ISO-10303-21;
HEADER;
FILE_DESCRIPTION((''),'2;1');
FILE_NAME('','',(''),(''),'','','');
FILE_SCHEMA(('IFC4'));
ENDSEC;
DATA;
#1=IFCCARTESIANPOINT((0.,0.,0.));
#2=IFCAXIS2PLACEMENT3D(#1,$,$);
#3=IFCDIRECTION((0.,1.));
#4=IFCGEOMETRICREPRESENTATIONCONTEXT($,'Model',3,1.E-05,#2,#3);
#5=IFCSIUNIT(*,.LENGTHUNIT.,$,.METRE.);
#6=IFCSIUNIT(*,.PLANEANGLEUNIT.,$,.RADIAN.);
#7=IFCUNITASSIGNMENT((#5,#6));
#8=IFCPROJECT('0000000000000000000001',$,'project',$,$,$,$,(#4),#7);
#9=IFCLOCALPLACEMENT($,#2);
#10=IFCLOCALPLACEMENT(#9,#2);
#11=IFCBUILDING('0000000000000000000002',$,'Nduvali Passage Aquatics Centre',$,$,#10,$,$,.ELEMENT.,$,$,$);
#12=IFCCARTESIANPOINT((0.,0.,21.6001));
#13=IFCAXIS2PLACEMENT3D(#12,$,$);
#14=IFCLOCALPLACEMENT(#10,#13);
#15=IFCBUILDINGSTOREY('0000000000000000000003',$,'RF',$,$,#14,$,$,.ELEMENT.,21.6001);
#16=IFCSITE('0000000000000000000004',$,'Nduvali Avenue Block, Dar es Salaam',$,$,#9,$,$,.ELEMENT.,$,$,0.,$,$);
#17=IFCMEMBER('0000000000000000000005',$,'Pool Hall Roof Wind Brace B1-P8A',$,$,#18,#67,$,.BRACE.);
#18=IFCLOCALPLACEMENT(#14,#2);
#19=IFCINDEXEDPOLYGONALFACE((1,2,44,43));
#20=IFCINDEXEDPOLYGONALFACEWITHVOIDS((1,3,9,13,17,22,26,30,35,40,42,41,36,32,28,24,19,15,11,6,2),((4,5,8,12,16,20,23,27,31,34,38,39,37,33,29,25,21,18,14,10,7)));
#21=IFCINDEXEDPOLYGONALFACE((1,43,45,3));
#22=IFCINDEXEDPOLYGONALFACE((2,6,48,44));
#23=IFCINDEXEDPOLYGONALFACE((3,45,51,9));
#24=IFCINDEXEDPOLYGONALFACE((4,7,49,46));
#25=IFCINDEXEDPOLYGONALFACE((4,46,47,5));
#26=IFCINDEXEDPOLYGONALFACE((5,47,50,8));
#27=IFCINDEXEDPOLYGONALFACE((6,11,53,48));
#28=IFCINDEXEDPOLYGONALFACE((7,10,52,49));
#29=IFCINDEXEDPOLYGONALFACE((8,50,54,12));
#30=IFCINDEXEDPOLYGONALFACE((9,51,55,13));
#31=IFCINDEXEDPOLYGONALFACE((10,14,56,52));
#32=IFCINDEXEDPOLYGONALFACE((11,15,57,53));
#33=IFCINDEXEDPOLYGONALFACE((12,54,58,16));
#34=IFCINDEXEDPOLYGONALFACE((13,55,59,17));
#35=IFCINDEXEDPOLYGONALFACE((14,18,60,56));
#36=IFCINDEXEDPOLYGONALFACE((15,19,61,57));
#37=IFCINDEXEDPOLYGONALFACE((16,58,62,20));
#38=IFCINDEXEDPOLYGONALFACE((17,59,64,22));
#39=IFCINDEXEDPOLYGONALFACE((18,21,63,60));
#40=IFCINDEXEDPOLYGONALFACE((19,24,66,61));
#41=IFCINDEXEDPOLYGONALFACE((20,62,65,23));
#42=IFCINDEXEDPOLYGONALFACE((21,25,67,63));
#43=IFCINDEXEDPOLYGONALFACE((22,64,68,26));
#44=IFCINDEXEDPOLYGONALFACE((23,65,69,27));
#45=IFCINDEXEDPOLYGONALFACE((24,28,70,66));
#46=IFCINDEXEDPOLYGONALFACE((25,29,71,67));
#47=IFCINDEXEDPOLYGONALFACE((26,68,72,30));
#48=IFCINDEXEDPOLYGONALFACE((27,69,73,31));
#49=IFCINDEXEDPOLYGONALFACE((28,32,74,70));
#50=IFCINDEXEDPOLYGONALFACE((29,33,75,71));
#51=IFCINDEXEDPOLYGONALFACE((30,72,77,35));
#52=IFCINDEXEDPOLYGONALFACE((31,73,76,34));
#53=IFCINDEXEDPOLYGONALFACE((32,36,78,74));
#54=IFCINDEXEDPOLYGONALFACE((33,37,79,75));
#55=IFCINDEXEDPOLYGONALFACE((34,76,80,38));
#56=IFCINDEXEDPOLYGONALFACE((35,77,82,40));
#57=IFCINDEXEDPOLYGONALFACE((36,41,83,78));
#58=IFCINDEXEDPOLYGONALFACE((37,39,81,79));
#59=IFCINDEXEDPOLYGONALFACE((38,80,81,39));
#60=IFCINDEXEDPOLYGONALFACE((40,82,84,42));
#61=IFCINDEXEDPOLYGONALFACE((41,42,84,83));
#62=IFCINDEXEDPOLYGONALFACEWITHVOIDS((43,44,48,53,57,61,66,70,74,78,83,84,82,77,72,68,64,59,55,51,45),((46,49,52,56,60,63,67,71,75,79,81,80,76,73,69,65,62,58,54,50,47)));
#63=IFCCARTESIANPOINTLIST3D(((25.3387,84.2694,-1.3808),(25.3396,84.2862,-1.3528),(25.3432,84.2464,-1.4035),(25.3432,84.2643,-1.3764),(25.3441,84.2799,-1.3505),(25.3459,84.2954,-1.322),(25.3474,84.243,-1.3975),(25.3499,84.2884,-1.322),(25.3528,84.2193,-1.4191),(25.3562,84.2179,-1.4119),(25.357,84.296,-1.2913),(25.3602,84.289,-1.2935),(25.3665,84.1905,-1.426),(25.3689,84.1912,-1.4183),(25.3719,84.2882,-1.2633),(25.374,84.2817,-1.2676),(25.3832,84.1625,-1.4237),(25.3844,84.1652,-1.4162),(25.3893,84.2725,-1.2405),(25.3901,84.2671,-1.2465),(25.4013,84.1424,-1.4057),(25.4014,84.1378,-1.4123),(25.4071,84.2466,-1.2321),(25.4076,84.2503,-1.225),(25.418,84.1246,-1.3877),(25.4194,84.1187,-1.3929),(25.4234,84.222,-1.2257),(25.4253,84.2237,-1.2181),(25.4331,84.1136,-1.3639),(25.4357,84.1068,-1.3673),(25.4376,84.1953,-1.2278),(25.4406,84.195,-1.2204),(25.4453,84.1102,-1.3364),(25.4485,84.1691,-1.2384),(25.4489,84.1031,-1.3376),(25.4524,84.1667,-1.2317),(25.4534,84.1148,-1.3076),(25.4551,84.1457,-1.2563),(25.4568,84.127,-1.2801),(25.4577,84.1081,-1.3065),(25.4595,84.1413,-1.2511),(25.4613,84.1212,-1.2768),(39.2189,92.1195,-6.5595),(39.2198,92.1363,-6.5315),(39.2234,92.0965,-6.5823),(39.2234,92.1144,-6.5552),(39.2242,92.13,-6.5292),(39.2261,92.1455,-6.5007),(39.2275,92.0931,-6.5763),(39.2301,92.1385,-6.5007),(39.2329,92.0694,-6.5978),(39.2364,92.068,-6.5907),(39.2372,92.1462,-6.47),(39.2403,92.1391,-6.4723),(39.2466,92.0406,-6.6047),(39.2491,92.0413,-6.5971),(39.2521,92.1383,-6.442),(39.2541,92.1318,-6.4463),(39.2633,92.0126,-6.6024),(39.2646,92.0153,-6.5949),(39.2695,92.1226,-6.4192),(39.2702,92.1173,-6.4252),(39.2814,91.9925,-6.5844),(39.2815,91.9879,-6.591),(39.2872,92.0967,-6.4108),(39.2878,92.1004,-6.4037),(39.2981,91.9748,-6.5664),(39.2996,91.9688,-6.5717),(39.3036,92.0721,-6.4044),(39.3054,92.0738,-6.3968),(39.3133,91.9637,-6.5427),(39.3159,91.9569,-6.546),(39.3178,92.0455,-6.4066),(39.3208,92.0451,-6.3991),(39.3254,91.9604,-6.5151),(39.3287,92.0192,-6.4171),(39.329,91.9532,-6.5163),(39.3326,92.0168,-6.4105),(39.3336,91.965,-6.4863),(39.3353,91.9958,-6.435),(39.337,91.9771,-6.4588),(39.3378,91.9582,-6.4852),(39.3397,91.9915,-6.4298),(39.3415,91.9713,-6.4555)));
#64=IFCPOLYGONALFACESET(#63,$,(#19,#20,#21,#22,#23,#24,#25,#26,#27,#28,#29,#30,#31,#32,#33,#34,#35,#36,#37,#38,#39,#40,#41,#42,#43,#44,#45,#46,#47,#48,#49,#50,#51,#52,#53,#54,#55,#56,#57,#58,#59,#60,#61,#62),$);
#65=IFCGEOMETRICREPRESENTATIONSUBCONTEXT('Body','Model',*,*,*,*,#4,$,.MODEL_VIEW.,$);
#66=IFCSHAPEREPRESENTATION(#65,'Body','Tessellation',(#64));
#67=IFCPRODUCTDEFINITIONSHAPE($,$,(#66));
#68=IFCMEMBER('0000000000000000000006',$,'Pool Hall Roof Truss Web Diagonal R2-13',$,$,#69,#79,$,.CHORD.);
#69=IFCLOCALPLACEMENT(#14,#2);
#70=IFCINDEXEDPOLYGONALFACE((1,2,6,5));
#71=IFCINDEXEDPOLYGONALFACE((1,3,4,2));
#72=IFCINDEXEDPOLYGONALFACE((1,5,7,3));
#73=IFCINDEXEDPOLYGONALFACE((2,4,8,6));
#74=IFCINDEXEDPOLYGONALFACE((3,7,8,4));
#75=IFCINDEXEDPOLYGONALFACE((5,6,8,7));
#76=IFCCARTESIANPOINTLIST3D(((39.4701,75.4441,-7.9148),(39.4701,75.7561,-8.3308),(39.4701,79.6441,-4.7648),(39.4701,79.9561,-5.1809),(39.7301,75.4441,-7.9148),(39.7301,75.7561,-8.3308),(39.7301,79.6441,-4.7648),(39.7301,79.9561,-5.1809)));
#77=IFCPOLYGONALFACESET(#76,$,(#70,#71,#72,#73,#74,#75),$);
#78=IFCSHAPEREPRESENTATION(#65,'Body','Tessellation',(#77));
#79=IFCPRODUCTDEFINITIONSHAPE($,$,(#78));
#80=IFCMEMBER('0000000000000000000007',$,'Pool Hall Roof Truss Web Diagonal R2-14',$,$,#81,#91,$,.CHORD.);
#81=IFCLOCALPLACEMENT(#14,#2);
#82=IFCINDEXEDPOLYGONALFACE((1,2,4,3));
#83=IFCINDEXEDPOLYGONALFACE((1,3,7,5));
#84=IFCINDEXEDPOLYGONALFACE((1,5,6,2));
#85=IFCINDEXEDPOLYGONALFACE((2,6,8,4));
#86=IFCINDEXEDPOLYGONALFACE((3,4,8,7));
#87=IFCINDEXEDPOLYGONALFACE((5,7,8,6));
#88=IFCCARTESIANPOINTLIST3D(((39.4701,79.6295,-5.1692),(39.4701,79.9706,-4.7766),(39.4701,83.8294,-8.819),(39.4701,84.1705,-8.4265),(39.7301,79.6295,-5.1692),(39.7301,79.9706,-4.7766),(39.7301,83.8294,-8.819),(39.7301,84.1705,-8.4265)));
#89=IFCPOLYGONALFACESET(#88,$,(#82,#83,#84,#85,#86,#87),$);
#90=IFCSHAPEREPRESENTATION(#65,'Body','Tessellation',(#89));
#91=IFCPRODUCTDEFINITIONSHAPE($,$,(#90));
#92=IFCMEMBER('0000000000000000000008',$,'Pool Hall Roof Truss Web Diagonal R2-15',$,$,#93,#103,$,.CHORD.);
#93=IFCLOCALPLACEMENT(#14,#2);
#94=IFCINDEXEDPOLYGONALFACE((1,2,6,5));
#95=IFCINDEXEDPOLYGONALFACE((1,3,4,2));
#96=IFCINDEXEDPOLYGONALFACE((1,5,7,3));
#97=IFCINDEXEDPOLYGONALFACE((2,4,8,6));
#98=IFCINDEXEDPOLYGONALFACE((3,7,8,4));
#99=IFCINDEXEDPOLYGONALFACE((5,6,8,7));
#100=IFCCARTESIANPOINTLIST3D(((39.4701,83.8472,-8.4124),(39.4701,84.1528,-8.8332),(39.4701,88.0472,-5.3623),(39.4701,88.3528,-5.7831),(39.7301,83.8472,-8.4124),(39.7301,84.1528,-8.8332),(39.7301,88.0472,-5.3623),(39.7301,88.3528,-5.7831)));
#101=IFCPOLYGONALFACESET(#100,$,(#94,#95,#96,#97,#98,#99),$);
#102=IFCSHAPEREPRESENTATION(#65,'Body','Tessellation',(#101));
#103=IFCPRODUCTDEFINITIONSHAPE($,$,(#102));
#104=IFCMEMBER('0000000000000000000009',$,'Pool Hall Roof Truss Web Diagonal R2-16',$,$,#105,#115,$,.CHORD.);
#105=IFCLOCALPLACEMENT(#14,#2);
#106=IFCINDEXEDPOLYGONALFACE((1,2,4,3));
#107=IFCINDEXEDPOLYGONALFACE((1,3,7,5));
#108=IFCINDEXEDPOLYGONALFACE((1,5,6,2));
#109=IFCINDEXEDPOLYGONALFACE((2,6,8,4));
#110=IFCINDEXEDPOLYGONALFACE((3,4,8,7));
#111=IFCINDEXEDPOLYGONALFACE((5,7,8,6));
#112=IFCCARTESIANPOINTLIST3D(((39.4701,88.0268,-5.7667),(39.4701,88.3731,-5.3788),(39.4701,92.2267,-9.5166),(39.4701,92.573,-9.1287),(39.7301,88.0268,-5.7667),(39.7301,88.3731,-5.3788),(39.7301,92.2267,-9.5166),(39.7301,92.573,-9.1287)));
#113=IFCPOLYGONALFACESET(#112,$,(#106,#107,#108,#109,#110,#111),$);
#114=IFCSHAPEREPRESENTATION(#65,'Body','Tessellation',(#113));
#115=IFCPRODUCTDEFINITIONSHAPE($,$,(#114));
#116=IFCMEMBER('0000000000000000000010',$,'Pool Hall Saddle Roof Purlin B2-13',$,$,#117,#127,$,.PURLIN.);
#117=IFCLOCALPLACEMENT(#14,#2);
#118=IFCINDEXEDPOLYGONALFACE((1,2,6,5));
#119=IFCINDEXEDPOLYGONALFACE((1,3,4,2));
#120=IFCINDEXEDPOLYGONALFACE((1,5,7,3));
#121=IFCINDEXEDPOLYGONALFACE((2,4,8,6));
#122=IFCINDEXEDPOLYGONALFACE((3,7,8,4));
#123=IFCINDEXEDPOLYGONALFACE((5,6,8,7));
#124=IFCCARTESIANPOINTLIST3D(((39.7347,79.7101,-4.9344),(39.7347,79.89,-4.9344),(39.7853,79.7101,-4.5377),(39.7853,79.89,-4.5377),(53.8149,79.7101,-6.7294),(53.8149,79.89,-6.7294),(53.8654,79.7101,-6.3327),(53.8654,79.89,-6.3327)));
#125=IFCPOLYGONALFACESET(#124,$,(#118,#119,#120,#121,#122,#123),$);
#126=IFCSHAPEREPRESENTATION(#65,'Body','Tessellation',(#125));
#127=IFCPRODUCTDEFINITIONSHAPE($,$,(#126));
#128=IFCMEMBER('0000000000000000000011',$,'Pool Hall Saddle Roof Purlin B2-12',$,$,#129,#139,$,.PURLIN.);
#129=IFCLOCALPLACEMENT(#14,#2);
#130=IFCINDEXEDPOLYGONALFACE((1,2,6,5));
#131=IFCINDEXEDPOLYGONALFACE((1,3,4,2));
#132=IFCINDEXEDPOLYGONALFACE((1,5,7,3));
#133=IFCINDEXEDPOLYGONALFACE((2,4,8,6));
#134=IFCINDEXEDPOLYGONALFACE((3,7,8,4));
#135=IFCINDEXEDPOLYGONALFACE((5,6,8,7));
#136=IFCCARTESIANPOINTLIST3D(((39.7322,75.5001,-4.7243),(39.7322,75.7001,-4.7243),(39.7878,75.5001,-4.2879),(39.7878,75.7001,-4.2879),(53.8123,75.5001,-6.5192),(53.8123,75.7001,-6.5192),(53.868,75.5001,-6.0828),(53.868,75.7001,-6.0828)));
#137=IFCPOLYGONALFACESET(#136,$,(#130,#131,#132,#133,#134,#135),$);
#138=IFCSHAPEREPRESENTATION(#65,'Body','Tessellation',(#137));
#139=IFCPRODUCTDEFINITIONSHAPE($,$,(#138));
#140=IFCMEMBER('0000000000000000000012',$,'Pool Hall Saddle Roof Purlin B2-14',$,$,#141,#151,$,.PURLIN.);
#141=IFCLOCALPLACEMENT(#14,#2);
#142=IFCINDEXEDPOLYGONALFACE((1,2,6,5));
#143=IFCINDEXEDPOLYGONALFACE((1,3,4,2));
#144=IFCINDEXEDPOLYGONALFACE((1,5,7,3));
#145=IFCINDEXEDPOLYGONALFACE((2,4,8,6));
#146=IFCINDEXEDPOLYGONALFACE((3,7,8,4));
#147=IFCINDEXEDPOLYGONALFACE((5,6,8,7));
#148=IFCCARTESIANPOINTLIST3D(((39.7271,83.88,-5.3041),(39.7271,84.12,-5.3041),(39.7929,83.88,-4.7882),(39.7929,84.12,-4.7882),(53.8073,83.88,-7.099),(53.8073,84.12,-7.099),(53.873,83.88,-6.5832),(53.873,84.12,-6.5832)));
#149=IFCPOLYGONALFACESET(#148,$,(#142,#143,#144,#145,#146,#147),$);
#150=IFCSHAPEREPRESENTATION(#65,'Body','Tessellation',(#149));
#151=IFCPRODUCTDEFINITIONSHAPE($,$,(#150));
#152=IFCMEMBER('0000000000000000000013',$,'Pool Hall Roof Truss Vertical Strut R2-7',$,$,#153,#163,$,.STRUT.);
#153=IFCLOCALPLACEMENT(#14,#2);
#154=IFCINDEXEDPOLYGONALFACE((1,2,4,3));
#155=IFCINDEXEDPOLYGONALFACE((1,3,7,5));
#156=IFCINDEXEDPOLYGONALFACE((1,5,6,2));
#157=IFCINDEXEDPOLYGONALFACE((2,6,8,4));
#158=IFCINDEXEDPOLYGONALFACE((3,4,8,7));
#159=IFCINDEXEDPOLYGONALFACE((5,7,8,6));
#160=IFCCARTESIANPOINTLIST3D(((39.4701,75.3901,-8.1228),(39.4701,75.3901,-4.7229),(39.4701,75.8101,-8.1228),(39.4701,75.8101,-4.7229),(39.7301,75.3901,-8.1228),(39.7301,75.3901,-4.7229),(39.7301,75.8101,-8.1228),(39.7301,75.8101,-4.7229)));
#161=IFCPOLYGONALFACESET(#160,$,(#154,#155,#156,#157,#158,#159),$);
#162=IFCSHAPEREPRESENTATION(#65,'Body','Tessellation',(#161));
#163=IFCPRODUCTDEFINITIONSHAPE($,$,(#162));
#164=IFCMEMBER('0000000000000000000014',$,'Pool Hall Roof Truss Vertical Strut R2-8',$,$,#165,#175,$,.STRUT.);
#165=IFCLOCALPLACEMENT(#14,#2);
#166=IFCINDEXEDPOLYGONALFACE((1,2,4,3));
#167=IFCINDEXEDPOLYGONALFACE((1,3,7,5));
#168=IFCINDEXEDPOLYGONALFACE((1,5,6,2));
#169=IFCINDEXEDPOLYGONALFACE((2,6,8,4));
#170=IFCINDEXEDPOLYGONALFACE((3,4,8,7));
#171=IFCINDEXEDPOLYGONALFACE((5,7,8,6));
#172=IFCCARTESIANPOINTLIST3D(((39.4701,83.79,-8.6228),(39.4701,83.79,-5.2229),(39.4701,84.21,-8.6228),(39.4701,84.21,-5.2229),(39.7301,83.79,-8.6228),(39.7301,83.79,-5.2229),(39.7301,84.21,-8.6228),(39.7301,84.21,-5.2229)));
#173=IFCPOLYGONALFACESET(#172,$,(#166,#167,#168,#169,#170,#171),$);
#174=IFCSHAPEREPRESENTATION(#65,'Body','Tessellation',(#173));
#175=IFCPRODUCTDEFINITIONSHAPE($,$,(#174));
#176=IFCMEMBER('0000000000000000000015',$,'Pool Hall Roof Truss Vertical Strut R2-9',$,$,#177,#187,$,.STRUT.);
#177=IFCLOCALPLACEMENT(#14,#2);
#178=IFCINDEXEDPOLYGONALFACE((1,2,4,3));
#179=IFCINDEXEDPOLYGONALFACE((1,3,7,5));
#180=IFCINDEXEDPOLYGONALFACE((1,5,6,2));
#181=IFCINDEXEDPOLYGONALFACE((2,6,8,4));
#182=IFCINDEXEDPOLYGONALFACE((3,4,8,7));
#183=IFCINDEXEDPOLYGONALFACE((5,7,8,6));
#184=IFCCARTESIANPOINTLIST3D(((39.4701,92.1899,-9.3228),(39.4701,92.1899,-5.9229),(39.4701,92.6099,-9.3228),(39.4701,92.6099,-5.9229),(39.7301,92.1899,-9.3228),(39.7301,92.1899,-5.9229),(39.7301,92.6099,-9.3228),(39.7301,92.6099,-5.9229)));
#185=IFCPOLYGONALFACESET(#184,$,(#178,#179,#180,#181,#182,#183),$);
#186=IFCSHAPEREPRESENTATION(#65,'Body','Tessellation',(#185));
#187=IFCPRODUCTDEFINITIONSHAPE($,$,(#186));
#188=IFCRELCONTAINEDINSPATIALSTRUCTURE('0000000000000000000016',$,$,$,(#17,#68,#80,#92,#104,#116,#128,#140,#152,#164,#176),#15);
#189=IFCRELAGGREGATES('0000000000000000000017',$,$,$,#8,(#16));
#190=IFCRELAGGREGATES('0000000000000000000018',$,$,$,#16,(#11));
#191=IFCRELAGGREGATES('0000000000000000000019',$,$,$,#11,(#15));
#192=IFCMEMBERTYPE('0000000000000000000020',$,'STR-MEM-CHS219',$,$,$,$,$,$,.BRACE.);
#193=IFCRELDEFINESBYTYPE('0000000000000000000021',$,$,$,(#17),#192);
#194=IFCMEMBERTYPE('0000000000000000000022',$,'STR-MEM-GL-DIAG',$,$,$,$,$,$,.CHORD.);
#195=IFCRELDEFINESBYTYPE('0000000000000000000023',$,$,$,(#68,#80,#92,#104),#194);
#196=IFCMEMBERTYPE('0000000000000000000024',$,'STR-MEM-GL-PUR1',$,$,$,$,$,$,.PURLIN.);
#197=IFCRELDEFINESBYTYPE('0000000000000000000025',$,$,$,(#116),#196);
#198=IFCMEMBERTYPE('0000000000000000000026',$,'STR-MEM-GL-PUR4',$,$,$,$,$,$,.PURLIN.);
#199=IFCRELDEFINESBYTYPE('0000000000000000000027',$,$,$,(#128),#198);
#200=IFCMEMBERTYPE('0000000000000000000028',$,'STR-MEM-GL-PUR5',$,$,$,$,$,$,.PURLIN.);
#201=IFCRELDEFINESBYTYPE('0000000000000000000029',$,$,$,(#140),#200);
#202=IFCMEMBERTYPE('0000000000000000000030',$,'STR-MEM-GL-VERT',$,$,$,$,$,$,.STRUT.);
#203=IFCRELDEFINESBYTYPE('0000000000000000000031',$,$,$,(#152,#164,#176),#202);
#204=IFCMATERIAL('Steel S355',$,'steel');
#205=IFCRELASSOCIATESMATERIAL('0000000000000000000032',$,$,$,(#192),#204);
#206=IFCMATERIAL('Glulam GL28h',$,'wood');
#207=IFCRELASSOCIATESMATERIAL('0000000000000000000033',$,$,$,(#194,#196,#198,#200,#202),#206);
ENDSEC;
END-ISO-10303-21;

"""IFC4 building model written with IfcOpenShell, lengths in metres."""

from ifc_helpers import new_model, si_unit, direction, frame, origin, origin_2d, place, context, subcontext, project, spatial, rectangle, hollow_circle, extrude, material, material_profile, profile_set, type_object, element, save


model = new_model("IFC4")

# Units and contexts
model_context = context("Model", 3, precision=1e-05, world=origin(), true_north=direction((0.0, 1.0)))
body_context = subcontext(model_context, "Body", "Model", "MODEL_VIEW")
ifc_project = project(units=[si_unit("LENGTHUNIT", "METRE"), si_unit("PLANEANGLEUNIT", "RADIAN")], contexts=[model_context])

# Site, building, storey
site_placement = place(None, origin())
site = spatial("IfcSite", under=ifc_project, at=site_placement, Name="Nduvali Avenue Block, Dar es Salaam", CompositionType="ELEMENT", RefElevation=0.0)
building_placement = place(site_placement, origin())
building = spatial("IfcBuilding", under=site, at=building_placement, Name="Nduvali Passage Aquatics Centre", CompositionType="ELEMENT")
storey_placement = place(building_placement, frame((0.0, 0.0, 21.6001)))
storey = spatial("IfcBuildingStorey", under=building, at=storey_placement, Name="RF", CompositionType="ELEMENT", Elevation=21.6001)

# Members
ifc_material_1 = material(Name="Steel S355", Category="steel")
ifc_material_profile_1 = material_profile(ifc_material_1, hollow_circle(Radius=0.1096, WallThickness=0.0081, at=origin_2d()), Name="CHS 219.1x8.0")
ifc_profile_set_1 = profile_set([ifc_material_profile_1], Name="Steel S355")
member_type_1 = type_object("IfcMemberType", Name="STR-MEM-CHS219", PredefinedType="BRACE", material=ifc_profile_set_1)
member_1_placement = place(storey_placement, frame((25.3999, 84.2, -1.322), z_axis=(0.82787, 0.468213, -0.30888), x_axis=(-0.492286, 0.870434, 0.0)))
element("IfcMember", 1, at=member_1_placement, inside=storey, type_object=member_type_1, Name="Pool Hall Roof Wind Brace B1-P8A", PredefinedType="BRACE", context=body_context, shape_type="SweptSolid", body=[
    extrude(hollow_circle(Radius=0.1096, WallThickness=0.0081, at=origin_2d()), origin(), (0.0, 0.0, 1.0), 16.7661),
])
ifc_material_2 = material(Name="Glulam GL28h", Category="wood")
ifc_material_profile_2 = material_profile(ifc_material_2, rectangle(XDim=0.26, YDim=0.52, at=origin_2d()), Name="GL28h 260x520")
ifc_profile_set_2 = profile_set([ifc_material_profile_2], Name="Glulam GL28h")
member_type_2 = type_object("IfcMemberType", Name="STR-MEM-GL-DIAG", PredefinedType="CHORD", material=ifc_profile_set_2)
member_2_placement = place(storey_placement, frame((39.6001, 75.6001, -8.1228), z_axis=(0.0, 0.800006, 0.599993), x_axis=(-1.0, 0.0, 0.0)))
element("IfcMember", 2, at=member_2_placement, inside=storey, type_object=member_type_2, Name="Pool Hall Roof Truss Web Diagonal R2-13", PredefinedType="CHORD", context=body_context, shape_type="SweptSolid", body=[
    extrude(rectangle(XDim=0.26, YDim=0.52, at=origin_2d()), origin(), (0.0, 0.0, 1.0), 5.25),
])
member_3_placement = place(storey_placement, frame((39.6001, 79.8, -4.9729), z_axis=(0.0, 0.754804, -0.655951), x_axis=(-1.0, 0.0, 0.0)))
element("IfcMember", 3, at=member_3_placement, inside=storey, type_object=member_type_2, Name="Pool Hall Roof Truss Web Diagonal R2-14", PredefinedType="CHORD", context=body_context, shape_type="SweptSolid", body=[
    extrude(rectangle(XDim=0.26, YDim=0.52, at=origin_2d()), origin(), (0.0, 0.0, 1.0), 5.5642),
])
member_4_placement = place(storey_placement, frame((39.6001, 84.0, -8.6228), z_axis=(0.0, 0.809145, 0.587609), x_axis=(-1.0, 0.0, 0.0)))
element("IfcMember", 4, at=member_4_placement, inside=storey, type_object=member_type_2, Name="Pool Hall Roof Truss Web Diagonal R2-15", PredefinedType="CHORD", context=body_context, shape_type="SweptSolid", body=[
    extrude(rectangle(XDim=0.26, YDim=0.52, at=origin_2d()), origin(), (0.0, 0.0, 1.0), 5.1907),
])
member_5_placement = place(storey_placement, frame((39.6001, 88.2, -5.5728), z_axis=(0.0, 0.745934, -0.66602), x_axis=(-1.0, 0.0, 0.0)))
element("IfcMember", 5, at=member_5_placement, inside=storey, type_object=member_type_2, Name="Pool Hall Roof Truss Web Diagonal R2-16", PredefinedType="CHORD", context=body_context, shape_type="SweptSolid", body=[
    extrude(rectangle(XDim=0.26, YDim=0.52, at=origin_2d()), origin(), (0.0, 0.0, 1.0), 5.6304),
])
ifc_material_profile_3 = material_profile(ifc_material_2, rectangle(XDim=0.1799, YDim=0.3999, at=origin_2d()), Name="GL28h 180x400")
ifc_profile_set_3 = profile_set([ifc_material_profile_3], Name="Glulam GL28h")
member_type_3 = type_object("IfcMemberType", Name="STR-MEM-GL-PUR1", PredefinedType="PURLIN", material=ifc_profile_set_3)
member_6_placement = place(storey_placement, frame((39.76, 79.8, -4.7361), z_axis=(0.991972, 0.0, -0.126456), x_axis=(0.0, 1.0, 0.0)))
element("IfcMember", 6, at=member_6_placement, inside=storey, type_object=member_type_3, Name="Pool Hall Saddle Roof Purlin B2-13", PredefinedType="PURLIN", context=body_context, shape_type="SweptSolid", body=[
    extrude(rectangle(XDim=0.1799, YDim=0.3999, at=origin_2d()), origin(), (0.0, 0.0, 1.0), 14.1941),
])
ifc_material_profile_4 = material_profile(ifc_material_2, rectangle(XDim=0.2, YDim=0.4399, at=origin_2d()), Name="GL28h 200x440")
ifc_profile_set_4 = profile_set([ifc_material_profile_4], Name="Glulam GL28h")
member_type_4 = type_object("IfcMemberType", Name="STR-MEM-GL-PUR4", PredefinedType="PURLIN", material=ifc_profile_set_4)
member_7_placement = place(storey_placement, frame((39.76, 75.6001, -4.5061), z_axis=(0.991972, 0.0, -0.126456), x_axis=(0.0, 1.0, 0.0)))
element("IfcMember", 7, at=member_7_placement, inside=storey, type_object=member_type_4, Name="Pool Hall Saddle Roof Purlin B2-12", PredefinedType="PURLIN", context=body_context, shape_type="SweptSolid", body=[
    extrude(rectangle(XDim=0.2, YDim=0.4399, at=origin_2d()), origin(), (0.0, 0.0, 1.0), 14.1941),
])
ifc_material_profile_5 = material_profile(ifc_material_2, rectangle(XDim=0.24, YDim=0.52, at=origin_2d()), Name="GL28h 240x520")
ifc_profile_set_5 = profile_set([ifc_material_profile_5], Name="Glulam GL28h")
member_type_5 = type_object("IfcMemberType", Name="STR-MEM-GL-PUR5", PredefinedType="PURLIN", material=ifc_profile_set_5)
member_8_placement = place(storey_placement, frame((39.76, 84.0, -5.0461), z_axis=(0.991972, 0.0, -0.126456), x_axis=(0.0, 1.0, 0.0)))
element("IfcMember", 8, at=member_8_placement, inside=storey, type_object=member_type_5, Name="Pool Hall Saddle Roof Purlin B2-14", PredefinedType="PURLIN", context=body_context, shape_type="SweptSolid", body=[
    extrude(rectangle(XDim=0.24, YDim=0.52, at=origin_2d()), origin(), (0.0, 0.0, 1.0), 14.1941),
])
ifc_material_profile_6 = material_profile(ifc_material_2, rectangle(XDim=0.26, YDim=0.4199, at=origin_2d()), Name="GL28h 260x420")
ifc_profile_set_6 = profile_set([ifc_material_profile_6], Name="Glulam GL28h")
member_type_6 = type_object("IfcMemberType", Name="STR-MEM-GL-VERT", PredefinedType="STRUT", material=ifc_profile_set_6)
for number, where, z_axis, x_axis, name in (
    (9, (39.6001, 75.6001, -8.1228), (0.0, 0.0, 1.0), (1.0, 0.0, 0.0), "Pool Hall Roof Truss Vertical Strut R2-7"),
    (10, (39.6001, 84.0, -8.6228), (0.0, 0.0, 1.0), (1.0, 0.0, 0.0), "Pool Hall Roof Truss Vertical Strut R2-8"),
    (11, (39.6001, 92.3999, -9.3228), (0.0, 0.0, 1.0), (1.0, 0.0, 0.0), "Pool Hall Roof Truss Vertical Strut R2-9"),
):
    element("IfcMember", number, at=place(storey_placement, frame(where, z_axis=z_axis, x_axis=x_axis)), inside=storey, type_object=member_type_6, Name=name, PredefinedType="STRUT", context=body_context, shape_type="SweptSolid", body=[
        extrude(rectangle(XDim=0.26, YDim=0.4199, at=origin_2d()), origin(), (0.0, 0.0, 1.0), 3.3999),
    ])

save(model, "model.ifc")
